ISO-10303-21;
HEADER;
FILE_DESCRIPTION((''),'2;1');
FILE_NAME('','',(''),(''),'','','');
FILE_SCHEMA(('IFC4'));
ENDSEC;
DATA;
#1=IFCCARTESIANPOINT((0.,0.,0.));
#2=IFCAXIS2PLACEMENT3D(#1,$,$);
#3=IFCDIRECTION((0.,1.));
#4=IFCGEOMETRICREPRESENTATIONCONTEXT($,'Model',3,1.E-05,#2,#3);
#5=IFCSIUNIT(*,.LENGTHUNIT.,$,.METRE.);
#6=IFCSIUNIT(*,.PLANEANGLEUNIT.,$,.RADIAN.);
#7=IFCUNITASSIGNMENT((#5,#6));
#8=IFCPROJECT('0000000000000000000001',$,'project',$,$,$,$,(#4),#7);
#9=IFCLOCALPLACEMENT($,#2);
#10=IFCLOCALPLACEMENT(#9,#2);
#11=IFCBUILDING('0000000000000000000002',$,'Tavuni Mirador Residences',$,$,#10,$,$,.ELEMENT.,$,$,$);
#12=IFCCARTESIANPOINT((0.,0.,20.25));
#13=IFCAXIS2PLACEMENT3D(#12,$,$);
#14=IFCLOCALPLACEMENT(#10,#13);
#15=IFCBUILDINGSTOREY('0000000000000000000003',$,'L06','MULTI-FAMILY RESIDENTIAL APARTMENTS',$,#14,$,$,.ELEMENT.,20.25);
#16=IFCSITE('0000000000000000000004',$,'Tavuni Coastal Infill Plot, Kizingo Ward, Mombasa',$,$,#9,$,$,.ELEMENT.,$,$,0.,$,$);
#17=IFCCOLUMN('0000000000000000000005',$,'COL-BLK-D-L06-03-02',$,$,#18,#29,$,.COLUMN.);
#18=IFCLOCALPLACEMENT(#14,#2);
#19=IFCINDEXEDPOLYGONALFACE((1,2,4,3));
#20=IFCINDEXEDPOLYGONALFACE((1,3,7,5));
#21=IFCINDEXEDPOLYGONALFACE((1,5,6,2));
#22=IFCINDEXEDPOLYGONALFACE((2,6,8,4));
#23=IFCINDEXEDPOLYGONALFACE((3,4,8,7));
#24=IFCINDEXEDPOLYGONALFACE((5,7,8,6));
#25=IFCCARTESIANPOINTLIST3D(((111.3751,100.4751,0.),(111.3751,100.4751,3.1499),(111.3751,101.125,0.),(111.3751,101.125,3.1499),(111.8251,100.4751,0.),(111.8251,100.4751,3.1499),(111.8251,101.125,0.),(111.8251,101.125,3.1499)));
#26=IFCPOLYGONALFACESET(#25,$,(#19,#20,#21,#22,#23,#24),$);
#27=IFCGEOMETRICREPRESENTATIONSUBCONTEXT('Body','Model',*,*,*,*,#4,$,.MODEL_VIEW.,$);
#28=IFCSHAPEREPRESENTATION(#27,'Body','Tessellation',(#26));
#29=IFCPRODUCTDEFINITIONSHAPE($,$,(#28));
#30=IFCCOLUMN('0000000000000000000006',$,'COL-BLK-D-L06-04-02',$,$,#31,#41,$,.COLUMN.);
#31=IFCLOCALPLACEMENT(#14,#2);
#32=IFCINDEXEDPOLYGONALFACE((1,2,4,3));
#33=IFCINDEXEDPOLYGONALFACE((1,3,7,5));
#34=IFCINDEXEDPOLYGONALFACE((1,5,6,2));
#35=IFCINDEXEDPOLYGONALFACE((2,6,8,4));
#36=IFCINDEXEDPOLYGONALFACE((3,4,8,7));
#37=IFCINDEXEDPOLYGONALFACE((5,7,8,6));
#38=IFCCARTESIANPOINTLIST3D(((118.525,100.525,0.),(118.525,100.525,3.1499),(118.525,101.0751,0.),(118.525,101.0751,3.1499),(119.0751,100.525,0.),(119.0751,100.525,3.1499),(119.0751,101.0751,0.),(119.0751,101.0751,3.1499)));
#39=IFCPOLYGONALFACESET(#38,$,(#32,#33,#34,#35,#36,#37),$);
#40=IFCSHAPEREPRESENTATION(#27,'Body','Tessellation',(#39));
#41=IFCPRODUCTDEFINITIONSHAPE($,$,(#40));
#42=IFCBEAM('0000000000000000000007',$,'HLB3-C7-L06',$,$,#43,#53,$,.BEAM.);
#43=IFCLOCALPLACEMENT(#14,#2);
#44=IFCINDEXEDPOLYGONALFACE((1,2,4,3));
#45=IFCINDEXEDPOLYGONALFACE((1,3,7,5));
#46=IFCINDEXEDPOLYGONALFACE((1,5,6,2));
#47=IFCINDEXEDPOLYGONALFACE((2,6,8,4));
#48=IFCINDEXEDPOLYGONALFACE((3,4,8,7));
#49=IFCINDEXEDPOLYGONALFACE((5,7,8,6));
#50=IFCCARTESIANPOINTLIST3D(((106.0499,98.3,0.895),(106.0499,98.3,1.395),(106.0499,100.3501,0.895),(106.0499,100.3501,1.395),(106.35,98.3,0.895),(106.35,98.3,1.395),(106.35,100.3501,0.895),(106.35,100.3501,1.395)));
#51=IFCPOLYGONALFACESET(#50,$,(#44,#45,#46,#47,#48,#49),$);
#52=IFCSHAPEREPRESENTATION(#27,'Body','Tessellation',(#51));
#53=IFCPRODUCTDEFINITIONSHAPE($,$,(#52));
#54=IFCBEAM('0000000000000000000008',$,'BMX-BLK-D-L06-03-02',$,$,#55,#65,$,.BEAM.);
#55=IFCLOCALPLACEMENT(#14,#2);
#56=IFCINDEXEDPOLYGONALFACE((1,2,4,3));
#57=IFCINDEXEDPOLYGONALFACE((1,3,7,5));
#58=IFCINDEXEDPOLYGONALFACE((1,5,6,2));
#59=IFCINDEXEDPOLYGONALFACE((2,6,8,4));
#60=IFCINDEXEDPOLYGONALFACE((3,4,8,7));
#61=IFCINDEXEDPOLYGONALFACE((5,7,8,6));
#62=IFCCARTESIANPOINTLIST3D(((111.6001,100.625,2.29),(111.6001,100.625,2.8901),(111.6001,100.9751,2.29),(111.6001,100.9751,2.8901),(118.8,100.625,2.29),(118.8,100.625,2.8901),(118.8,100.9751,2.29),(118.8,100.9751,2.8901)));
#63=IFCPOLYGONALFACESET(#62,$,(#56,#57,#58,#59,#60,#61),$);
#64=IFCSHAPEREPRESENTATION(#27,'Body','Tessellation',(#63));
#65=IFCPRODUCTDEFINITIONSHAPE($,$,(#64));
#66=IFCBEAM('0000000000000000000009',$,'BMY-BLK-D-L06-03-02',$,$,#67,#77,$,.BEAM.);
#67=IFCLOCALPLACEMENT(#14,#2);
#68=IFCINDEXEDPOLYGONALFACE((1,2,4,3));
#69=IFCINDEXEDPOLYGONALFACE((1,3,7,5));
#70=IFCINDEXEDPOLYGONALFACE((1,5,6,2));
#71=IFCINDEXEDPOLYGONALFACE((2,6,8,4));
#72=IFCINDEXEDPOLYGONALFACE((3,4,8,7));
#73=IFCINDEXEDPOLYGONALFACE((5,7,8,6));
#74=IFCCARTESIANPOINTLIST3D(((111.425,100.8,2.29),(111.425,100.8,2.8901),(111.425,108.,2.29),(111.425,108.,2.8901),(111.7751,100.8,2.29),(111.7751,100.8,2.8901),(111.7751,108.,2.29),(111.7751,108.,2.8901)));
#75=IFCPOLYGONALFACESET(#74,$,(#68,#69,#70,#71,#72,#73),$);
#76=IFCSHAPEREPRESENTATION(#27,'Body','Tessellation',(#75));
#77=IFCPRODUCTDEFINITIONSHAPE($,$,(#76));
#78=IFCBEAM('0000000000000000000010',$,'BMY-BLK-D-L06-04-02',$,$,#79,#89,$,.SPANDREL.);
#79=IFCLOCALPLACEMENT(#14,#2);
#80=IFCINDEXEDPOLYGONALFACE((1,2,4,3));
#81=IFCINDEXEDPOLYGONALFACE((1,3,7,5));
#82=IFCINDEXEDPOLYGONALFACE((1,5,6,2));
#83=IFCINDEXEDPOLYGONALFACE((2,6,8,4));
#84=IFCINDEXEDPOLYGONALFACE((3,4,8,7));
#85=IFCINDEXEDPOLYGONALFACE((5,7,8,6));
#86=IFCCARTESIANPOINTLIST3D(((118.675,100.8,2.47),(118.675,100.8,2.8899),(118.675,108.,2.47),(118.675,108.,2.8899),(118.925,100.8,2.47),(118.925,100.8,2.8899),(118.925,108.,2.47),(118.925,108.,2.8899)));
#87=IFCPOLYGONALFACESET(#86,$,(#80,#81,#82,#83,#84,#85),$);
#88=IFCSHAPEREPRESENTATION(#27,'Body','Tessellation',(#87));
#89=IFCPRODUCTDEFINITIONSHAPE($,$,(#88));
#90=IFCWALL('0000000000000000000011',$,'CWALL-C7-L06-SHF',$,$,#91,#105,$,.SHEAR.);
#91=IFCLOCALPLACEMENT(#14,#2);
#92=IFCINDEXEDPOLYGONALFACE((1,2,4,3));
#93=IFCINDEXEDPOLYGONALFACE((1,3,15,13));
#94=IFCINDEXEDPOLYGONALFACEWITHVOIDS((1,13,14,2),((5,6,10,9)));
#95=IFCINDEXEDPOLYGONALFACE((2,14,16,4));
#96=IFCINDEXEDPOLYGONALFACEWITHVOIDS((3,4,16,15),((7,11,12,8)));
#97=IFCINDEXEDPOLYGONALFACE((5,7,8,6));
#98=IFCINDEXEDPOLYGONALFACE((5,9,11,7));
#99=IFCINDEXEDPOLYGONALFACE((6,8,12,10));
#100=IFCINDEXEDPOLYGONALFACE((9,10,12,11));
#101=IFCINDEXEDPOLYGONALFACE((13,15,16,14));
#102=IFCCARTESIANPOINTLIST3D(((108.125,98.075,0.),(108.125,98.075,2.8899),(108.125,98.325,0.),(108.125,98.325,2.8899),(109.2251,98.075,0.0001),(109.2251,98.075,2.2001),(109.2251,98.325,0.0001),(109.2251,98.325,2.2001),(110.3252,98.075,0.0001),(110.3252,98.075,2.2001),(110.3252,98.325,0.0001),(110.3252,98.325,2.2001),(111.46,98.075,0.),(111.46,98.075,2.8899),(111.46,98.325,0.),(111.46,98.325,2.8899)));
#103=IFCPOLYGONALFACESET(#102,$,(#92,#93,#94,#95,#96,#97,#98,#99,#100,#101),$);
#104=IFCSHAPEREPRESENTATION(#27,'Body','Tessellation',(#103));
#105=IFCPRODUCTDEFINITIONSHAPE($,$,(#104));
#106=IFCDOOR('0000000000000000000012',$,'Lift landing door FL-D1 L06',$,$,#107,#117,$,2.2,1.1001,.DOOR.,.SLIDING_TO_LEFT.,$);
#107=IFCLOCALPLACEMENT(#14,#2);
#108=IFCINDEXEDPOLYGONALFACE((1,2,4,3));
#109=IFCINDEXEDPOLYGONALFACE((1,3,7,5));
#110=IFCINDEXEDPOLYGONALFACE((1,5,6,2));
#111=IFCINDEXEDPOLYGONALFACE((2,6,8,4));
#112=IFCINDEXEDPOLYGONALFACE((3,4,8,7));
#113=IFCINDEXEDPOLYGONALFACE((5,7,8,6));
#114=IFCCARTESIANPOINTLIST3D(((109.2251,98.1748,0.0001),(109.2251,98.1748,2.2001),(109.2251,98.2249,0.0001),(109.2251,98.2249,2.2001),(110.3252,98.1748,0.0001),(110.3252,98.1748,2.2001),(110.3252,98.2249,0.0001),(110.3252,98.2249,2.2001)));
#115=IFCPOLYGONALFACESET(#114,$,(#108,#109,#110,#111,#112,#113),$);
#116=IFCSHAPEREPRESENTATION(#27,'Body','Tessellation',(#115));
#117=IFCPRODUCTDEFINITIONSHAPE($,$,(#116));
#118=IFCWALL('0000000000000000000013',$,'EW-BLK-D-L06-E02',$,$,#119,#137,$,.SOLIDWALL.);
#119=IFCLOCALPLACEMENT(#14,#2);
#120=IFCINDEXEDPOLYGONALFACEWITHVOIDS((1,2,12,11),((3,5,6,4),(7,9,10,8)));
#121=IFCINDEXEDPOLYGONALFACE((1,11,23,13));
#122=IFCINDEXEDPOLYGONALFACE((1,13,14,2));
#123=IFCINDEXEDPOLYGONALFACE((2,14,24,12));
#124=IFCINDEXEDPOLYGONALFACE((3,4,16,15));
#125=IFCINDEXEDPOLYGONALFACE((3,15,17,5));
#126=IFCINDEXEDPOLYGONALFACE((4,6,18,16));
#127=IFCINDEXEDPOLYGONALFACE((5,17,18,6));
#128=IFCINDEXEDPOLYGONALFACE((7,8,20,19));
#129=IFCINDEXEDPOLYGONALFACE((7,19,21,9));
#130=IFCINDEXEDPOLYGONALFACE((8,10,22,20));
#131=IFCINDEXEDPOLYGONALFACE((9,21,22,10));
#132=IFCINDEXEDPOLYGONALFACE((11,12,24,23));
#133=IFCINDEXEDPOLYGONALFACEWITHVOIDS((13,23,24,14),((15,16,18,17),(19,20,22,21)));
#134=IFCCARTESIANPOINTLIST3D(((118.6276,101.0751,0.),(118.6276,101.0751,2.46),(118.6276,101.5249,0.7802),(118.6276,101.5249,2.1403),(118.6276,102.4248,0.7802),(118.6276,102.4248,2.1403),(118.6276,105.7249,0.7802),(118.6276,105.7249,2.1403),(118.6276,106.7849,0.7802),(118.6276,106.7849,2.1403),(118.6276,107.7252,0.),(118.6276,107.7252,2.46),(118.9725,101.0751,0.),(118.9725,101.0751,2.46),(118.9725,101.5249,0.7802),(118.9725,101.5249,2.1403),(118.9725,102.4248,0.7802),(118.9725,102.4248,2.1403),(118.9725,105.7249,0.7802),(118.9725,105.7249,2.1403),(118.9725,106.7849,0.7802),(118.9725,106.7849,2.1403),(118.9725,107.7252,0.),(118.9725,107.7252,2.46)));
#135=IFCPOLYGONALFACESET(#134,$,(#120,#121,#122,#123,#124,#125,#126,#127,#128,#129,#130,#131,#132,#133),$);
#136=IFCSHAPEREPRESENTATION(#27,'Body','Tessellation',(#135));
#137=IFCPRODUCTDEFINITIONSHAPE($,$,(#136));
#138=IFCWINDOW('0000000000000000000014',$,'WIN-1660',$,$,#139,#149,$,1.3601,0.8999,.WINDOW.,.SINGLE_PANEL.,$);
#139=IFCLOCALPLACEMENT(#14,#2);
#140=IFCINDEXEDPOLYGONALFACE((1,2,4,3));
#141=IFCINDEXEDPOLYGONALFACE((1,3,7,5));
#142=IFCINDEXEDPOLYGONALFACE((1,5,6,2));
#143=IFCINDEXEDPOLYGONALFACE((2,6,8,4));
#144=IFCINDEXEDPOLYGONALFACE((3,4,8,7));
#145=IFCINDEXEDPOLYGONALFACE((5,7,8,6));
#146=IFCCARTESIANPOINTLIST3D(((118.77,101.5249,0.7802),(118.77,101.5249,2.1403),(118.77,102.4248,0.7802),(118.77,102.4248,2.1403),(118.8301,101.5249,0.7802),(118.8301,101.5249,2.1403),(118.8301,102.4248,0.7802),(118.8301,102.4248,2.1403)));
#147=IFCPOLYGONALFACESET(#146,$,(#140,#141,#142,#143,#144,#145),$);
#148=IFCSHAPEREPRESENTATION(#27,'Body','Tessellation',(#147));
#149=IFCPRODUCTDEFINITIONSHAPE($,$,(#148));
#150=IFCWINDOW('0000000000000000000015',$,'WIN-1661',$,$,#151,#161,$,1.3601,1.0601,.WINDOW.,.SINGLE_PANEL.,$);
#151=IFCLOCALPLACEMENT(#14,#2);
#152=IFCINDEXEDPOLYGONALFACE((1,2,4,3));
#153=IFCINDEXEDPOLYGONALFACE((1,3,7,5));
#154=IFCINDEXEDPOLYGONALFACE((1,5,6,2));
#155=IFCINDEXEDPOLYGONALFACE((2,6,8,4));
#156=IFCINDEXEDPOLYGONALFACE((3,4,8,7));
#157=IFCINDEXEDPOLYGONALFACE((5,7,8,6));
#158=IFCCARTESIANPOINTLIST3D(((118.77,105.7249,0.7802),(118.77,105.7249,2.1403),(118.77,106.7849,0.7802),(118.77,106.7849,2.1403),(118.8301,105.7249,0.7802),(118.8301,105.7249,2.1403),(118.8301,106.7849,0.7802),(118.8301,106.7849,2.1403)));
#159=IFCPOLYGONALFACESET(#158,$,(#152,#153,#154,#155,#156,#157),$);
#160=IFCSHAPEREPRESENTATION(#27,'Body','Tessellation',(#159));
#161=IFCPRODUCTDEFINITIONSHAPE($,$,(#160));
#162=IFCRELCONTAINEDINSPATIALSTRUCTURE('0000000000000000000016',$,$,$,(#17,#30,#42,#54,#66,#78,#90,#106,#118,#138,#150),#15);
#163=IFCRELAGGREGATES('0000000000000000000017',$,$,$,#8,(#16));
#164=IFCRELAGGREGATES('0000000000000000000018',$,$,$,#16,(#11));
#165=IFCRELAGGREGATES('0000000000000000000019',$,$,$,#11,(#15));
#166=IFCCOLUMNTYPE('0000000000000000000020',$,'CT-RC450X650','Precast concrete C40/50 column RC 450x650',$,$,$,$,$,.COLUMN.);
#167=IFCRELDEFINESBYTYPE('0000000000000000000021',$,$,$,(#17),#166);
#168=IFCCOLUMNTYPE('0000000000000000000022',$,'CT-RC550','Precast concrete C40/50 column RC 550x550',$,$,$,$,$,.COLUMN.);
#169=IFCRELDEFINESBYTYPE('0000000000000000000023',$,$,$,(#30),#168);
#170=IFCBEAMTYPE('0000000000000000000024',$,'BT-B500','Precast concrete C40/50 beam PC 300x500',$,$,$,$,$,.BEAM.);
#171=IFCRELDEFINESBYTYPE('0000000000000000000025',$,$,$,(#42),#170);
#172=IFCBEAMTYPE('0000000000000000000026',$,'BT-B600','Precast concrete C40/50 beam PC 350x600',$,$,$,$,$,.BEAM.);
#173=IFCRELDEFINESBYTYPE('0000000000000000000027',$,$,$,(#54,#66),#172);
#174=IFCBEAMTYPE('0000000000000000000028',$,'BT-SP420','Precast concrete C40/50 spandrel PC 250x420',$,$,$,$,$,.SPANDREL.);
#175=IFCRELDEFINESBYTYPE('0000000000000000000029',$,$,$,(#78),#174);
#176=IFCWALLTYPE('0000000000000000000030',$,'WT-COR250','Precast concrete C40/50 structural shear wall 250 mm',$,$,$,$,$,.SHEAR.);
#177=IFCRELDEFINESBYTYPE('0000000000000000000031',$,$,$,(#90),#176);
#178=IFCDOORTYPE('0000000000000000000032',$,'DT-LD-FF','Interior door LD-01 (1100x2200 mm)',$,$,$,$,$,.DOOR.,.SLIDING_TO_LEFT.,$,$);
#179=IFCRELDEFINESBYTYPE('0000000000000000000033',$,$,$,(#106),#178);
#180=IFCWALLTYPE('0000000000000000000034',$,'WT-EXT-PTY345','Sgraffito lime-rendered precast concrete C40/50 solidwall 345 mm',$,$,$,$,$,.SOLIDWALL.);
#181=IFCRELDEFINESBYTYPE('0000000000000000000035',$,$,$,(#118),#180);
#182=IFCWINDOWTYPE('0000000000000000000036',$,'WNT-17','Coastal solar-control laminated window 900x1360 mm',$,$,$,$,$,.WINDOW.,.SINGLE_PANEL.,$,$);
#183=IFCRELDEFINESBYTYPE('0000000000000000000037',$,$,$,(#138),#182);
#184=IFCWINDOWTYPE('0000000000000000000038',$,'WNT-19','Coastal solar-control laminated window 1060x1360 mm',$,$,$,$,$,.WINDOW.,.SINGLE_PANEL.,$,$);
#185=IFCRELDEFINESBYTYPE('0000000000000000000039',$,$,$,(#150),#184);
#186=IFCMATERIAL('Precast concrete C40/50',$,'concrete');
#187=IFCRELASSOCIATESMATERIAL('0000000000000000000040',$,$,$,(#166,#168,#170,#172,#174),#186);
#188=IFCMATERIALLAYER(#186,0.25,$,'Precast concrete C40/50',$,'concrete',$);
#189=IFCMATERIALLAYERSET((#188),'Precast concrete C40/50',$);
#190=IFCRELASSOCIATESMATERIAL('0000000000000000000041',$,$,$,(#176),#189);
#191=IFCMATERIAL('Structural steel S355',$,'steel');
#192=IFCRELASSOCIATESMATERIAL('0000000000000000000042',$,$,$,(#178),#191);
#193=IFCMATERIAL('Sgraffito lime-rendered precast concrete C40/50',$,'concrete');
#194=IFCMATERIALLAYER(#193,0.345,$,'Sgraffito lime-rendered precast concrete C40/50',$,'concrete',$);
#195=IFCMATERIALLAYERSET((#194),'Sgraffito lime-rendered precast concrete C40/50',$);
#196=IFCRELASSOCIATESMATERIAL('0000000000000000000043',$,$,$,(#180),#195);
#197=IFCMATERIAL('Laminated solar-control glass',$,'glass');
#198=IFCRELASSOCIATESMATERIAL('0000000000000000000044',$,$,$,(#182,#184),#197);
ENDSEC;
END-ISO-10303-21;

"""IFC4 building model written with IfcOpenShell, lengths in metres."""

from ifc_helpers import new_model, si_unit, direction, frame, frame_2d, origin, origin_2d, place, context, subcontext, project, spatial, rectangle, extrude, material, layer, layer_set, material_profile, profile_set, type_object, element, fill, save


model = new_model("IFC4")

# Units and contexts
model_context = context("Model", 3, precision=1e-05, world=origin(), true_north=direction((0.0, 1.0)))
body_context = subcontext(model_context, "Body", "Model", "MODEL_VIEW")
ifc_project = project(units=[si_unit("LENGTHUNIT", "METRE"), si_unit("PLANEANGLEUNIT", "RADIAN")], contexts=[model_context])

# Site, building, storey
site_placement = place(None, origin())
site = spatial("IfcSite", under=ifc_project, at=site_placement, Name="Tavuni Coastal Infill Plot, Kizingo Ward, Mombasa", CompositionType="ELEMENT", RefElevation=0.0)
building_placement = place(site_placement, origin())
building = spatial("IfcBuilding", under=site, at=building_placement, Name="Tavuni Mirador Residences", CompositionType="ELEMENT")
storey_placement = place(building_placement, frame((0.0, 0.0, 20.25)))
storey = spatial("IfcBuildingStorey", under=building, at=storey_placement, Name="L06", Description="MULTI-FAMILY RESIDENTIAL APARTMENTS", CompositionType="ELEMENT", Elevation=20.25)

# Columns
ifc_material_1 = material(Name="Precast concrete C40/50", Category="concrete")
ifc_material_profile_1 = material_profile(ifc_material_1, rectangle(XDim=0.45, YDim=0.6499, at=origin_2d()), Name="RC 450x650", Category="concrete")
ifc_profile_set_1 = profile_set([ifc_material_profile_1], Name="Precast concrete C40/50")
column_type_1 = type_object("IfcColumnType", Name="CT-RC450X650", Description="Precast concrete C40/50 column RC 450x650", PredefinedType="COLUMN", material=ifc_profile_set_1)
column_1_placement = place(storey_placement, frame((111.6001, 100.8, 0.0), z_axis=(0.0, 0.0, 1.0), x_axis=(1.0, 0.0, 0.0)))
element("IfcColumn", 1, at=column_1_placement, inside=storey, type_object=column_type_1, Name="COL-BLK-D-L06-03-02", PredefinedType="COLUMN", context=body_context, shape_type="SweptSolid", body=[
    extrude(rectangle(XDim=0.45, YDim=0.6499, at=origin_2d()), origin(), (0.0, 0.0, 1.0), 3.1499),
])
ifc_material_profile_2 = material_profile(ifc_material_1, rectangle(XDim=0.55, YDim=0.55, at=origin_2d()), Name="RC 550x550", Category="concrete")
ifc_profile_set_2 = profile_set([ifc_material_profile_2], Name="Precast concrete C40/50")
column_type_2 = type_object("IfcColumnType", Name="CT-RC550", Description="Precast concrete C40/50 column RC 550x550", PredefinedType="COLUMN", material=ifc_profile_set_2)
column_2_placement = place(storey_placement, frame((118.8, 100.8, 0.0), z_axis=(0.0, 0.0, 1.0), x_axis=(1.0, 0.0, 0.0)))
element("IfcColumn", 2, at=column_2_placement, inside=storey, type_object=column_type_2, Name="COL-BLK-D-L06-04-02", PredefinedType="COLUMN", context=body_context, shape_type="SweptSolid", body=[
    extrude(rectangle(XDim=0.55, YDim=0.55, at=origin_2d()), origin(), (0.0, 0.0, 1.0), 3.1499),
])

# Beams
ifc_material_profile_3 = material_profile(ifc_material_1, rectangle(XDim=0.3, YDim=0.5, at=origin_2d()), Name="PC 300x500", Category="concrete")
ifc_profile_set_3 = profile_set([ifc_material_profile_3], Name="Precast concrete C40/50")
beam_type_1 = type_object("IfcBeamType", Name="BT-B500", Description="Precast concrete C40/50 beam PC 300x500", PredefinedType="BEAM", material=ifc_profile_set_3)
beam_1_placement = place(storey_placement, frame((106.2, 98.3, 1.145), z_axis=(0.0, 1.0, 0.0), x_axis=(-1.0, 0.0, 0.0)))
element("IfcBeam", 3, at=beam_1_placement, inside=storey, type_object=beam_type_1, Name="HLB3-C7-L06", PredefinedType="BEAM", context=body_context, shape_type="SweptSolid", body=[
    extrude(rectangle(XDim=0.3, YDim=0.5, at=origin_2d()), origin(), (0.0, 0.0, 1.0), 2.05),
])
ifc_material_profile_4 = material_profile(ifc_material_1, rectangle(XDim=0.3501, YDim=0.6001, at=origin_2d()), Name="PC 350x600", Category="concrete")
ifc_profile_set_4 = profile_set([ifc_material_profile_4], Name="Precast concrete C40/50")
beam_type_2 = type_object("IfcBeamType", Name="BT-B600", Description="Precast concrete C40/50 beam PC 350x600", PredefinedType="BEAM", material=ifc_profile_set_4)
for number, where, z_axis, x_axis, name in (
    (4, (111.6001, 100.8, 2.5901), (1.0, 0.0, 0.0), (0.0, 1.0, 0.0), "BMX-BLK-D-L06-03-02"),
    (5, (111.6001, 100.8, 2.5901), (0.0, 1.0, 0.0), (-1.0, 0.0, 0.0), "BMY-BLK-D-L06-03-02"),
):
    element("IfcBeam", number, at=place(storey_placement, frame(where, z_axis=z_axis, x_axis=x_axis)), inside=storey, type_object=beam_type_2, Name=name, PredefinedType="BEAM", context=body_context, shape_type="SweptSolid", body=[
        extrude(rectangle(XDim=0.3501, YDim=0.6001, at=origin_2d()), origin(), (0.0, 0.0, 1.0), 7.2),
    ])
ifc_material_profile_5 = material_profile(ifc_material_1, rectangle(XDim=0.25, YDim=0.4199, at=origin_2d()), Name="PC 250x420", Category="concrete")
ifc_profile_set_5 = profile_set([ifc_material_profile_5], Name="Precast concrete C40/50")
beam_type_3 = type_object("IfcBeamType", Name="BT-SP420", Description="Precast concrete C40/50 spandrel PC 250x420", PredefinedType="SPANDREL", material=ifc_profile_set_5)
beam_2_placement = place(storey_placement, frame((118.8, 100.8, 2.6799), z_axis=(0.0, 1.0, 0.0), x_axis=(-1.0, 0.0, 0.0)))
element("IfcBeam", 6, at=beam_2_placement, inside=storey, type_object=beam_type_3, Name="BMY-BLK-D-L06-04-02", PredefinedType="SPANDREL", context=body_context, shape_type="SweptSolid", body=[
    extrude(rectangle(XDim=0.25, YDim=0.4199, at=origin_2d()), origin(), (0.0, 0.0, 1.0), 7.2),
])

# Wall, opening, door
ifc_layer_1 = layer(ifc_material_1, 0.25, Name="Precast concrete C40/50", Category="concrete")
ifc_layer_set_1 = layer_set([ifc_layer_1], Name="Precast concrete C40/50")
wall_type_1 = type_object("IfcWallType", Name="WT-COR250", Description="Precast concrete C40/50 structural shear wall 250 mm", PredefinedType="SHEAR", material=ifc_layer_set_1)
wall_1_placement = place(storey_placement, frame((108.125, 98.2, 0.0), z_axis=(0.0, 0.0, 1.0), x_axis=(1.0, 0.0, 0.0)))
wall_1 = element("IfcWall", 7, at=wall_1_placement, inside=storey, type_object=wall_type_1, Name="CWALL-C7-L06-SHF", PredefinedType="SHEAR", context=body_context, shape_type="SweptSolid", body=[
    extrude(rectangle(XDim=3.335, YDim=0.25, at=frame_2d((1.6675, 0.0))), origin(), (0.0, 0.0, 1.0), 2.8899),
])
opening_1_placement = place(wall_1_placement, frame((1.1001, 0.0, 0.0)))
opening_1 = element("IfcOpeningElement", 8, at=opening_1_placement, cuts=wall_1, PredefinedType="OPENING", context=body_context, shape_type="SweptSolid", body=[
    extrude(rectangle(XDim=1.1001, YDim=2.2, at=frame_2d((0.55, 1.1001))), frame((0.0, 0.135, 0.0), z_axis=(0.0, -1.0, 0.0), x_axis=(1.0, 0.0, 0.0)), (0.0, 0.0, 1.0), 0.27),
])
ifc_material_2 = material(Name="Structural steel S355", Category="steel")
door_type_1 = type_object("IfcDoorType", Name="DT-LD-FF", Description="Interior door LD-01 (1100x2200 mm)", OperationType="SLIDING_TO_LEFT", PredefinedType="DOOR", material=ifc_material_2)
door_1_placement = place(opening_1_placement, origin())
door_1 = element("IfcDoor", 9, at=door_1_placement, inside=storey, type_object=door_type_1, Name="Lift landing door FL-D1 L06", OperationType="SLIDING_TO_LEFT", OverallHeight=2.2, OverallWidth=1.1001, PredefinedType="DOOR", context=body_context, shape_type="SweptSolid", body=[
    extrude(rectangle(XDim=1.1001, YDim=2.2, at=frame_2d((0.55, 1.1001))), frame((0.0, 0.0249, 0.0), z_axis=(0.0, -1.0, 0.0), x_axis=(1.0, 0.0, 0.0)), (0.0, 0.0, 1.0), 0.05),
])
fill(opening_1, door_1)

# Wall, openings, windows
ifc_material_3 = material(Name="Sgraffito lime-rendered precast concrete C40/50", Category="concrete")
ifc_layer_2 = layer(ifc_material_3, 0.345, Name="Sgraffito lime-rendered precast concrete C40/50", Category="concrete")
ifc_layer_set_2 = layer_set([ifc_layer_2], Name="Sgraffito lime-rendered precast concrete C40/50")
wall_type_2 = type_object("IfcWallType", Name="WT-EXT-PTY345", Description="Sgraffito lime-rendered precast concrete C40/50 solidwall 345 mm", PredefinedType="SOLIDWALL", material=ifc_layer_set_2)
wall_2_placement = place(storey_placement, frame((118.8, 101.075, 0.0), z_axis=(0.0, 0.0, 1.0), x_axis=(0.0, 1.0, 0.0)))
wall_2 = element("IfcWall", 10, at=wall_2_placement, inside=storey, type_object=wall_type_2, Name="EW-BLK-D-L06-E02", PredefinedType="SOLIDWALL", context=body_context, shape_type="SweptSolid", body=[
    extrude(rectangle(XDim=6.6501, YDim=0.345, at=frame_2d((3.3252, 0.0))), origin(), (0.0, 0.0, 1.0), 2.46),
])
opening_2_placement = place(wall_2_placement, frame((0.45, 0.0, 0.78)))
opening_2 = element("IfcOpeningElement", 11, at=opening_2_placement, cuts=wall_2, PredefinedType="OPENING", context=body_context, shape_type="SweptSolid", body=[
    extrude(rectangle(XDim=0.8999, YDim=1.3601, at=frame_2d((0.45, 0.6802))), frame((0.0, 0.1826, 0.0), z_axis=(0.0, -1.0, 0.0), x_axis=(1.0, 0.0, 0.0)), (0.0, 0.0, 1.0), 0.365),
])
opening_3_placement = place(wall_2_placement, frame((4.6499, 0.0, 0.78)))
opening_3 = element("IfcOpeningElement", 12, at=opening_3_placement, cuts=wall_2, PredefinedType="OPENING", context=body_context, shape_type="SweptSolid", body=[
    extrude(rectangle(XDim=1.0601, YDim=1.3601, at=frame_2d((0.53, 0.6802))), frame((0.0, 0.1826, 0.0), z_axis=(0.0, -1.0, 0.0), x_axis=(1.0, 0.0, 0.0)), (0.0, 0.0, 1.0), 0.365),
])
ifc_material_4 = material(Name="Laminated solar-control glass", Category="glass")
window_type_1 = type_object("IfcWindowType", Name="WNT-17", Description="Coastal solar-control laminated window 900x1360 mm", PartitioningType="SINGLE_PANEL", PredefinedType="WINDOW", material=ifc_material_4)
window_1_placement = place(opening_2_placement, origin())
window_1 = element("IfcWindow", 13, at=window_1_placement, inside=storey, type_object=window_type_1, Name="WIN-1660", OverallHeight=1.3601, OverallWidth=0.8999, PartitioningType="SINGLE_PANEL", PredefinedType="WINDOW", context=body_context, shape_type="SweptSolid", body=[
    extrude(rectangle(XDim=0.8999, YDim=1.3601, at=frame_2d((0.45, 0.6802))), frame((0.0, 0.03, 0.0), z_axis=(0.0, -1.0, 0.0), x_axis=(1.0, 0.0, 0.0)), (0.0, 0.0, 1.0), 0.0601),
])
fill(opening_2, window_1)
window_type_2 = type_object("IfcWindowType", Name="WNT-19", Description="Coastal solar-control laminated window 1060x1360 mm", PartitioningType="SINGLE_PANEL", PredefinedType="WINDOW", material=ifc_material_4)
window_2_placement = place(opening_3_placement, origin())
window_2 = element("IfcWindow", 14, at=window_2_placement, inside=storey, type_object=window_type_2, Name="WIN-1661", OverallHeight=1.3601, OverallWidth=1.0601, PartitioningType="SINGLE_PANEL", PredefinedType="WINDOW", context=body_context, shape_type="SweptSolid", body=[
    extrude(rectangle(XDim=1.0601, YDim=1.3601, at=frame_2d((0.53, 0.6802))), frame((0.0, 0.03, 0.0), z_axis=(0.0, -1.0, 0.0), x_axis=(1.0, 0.0, 0.0)), (0.0, 0.0, 1.0), 0.0601),
])
fill(opening_3, window_2)

save(model, "model.ifc")
